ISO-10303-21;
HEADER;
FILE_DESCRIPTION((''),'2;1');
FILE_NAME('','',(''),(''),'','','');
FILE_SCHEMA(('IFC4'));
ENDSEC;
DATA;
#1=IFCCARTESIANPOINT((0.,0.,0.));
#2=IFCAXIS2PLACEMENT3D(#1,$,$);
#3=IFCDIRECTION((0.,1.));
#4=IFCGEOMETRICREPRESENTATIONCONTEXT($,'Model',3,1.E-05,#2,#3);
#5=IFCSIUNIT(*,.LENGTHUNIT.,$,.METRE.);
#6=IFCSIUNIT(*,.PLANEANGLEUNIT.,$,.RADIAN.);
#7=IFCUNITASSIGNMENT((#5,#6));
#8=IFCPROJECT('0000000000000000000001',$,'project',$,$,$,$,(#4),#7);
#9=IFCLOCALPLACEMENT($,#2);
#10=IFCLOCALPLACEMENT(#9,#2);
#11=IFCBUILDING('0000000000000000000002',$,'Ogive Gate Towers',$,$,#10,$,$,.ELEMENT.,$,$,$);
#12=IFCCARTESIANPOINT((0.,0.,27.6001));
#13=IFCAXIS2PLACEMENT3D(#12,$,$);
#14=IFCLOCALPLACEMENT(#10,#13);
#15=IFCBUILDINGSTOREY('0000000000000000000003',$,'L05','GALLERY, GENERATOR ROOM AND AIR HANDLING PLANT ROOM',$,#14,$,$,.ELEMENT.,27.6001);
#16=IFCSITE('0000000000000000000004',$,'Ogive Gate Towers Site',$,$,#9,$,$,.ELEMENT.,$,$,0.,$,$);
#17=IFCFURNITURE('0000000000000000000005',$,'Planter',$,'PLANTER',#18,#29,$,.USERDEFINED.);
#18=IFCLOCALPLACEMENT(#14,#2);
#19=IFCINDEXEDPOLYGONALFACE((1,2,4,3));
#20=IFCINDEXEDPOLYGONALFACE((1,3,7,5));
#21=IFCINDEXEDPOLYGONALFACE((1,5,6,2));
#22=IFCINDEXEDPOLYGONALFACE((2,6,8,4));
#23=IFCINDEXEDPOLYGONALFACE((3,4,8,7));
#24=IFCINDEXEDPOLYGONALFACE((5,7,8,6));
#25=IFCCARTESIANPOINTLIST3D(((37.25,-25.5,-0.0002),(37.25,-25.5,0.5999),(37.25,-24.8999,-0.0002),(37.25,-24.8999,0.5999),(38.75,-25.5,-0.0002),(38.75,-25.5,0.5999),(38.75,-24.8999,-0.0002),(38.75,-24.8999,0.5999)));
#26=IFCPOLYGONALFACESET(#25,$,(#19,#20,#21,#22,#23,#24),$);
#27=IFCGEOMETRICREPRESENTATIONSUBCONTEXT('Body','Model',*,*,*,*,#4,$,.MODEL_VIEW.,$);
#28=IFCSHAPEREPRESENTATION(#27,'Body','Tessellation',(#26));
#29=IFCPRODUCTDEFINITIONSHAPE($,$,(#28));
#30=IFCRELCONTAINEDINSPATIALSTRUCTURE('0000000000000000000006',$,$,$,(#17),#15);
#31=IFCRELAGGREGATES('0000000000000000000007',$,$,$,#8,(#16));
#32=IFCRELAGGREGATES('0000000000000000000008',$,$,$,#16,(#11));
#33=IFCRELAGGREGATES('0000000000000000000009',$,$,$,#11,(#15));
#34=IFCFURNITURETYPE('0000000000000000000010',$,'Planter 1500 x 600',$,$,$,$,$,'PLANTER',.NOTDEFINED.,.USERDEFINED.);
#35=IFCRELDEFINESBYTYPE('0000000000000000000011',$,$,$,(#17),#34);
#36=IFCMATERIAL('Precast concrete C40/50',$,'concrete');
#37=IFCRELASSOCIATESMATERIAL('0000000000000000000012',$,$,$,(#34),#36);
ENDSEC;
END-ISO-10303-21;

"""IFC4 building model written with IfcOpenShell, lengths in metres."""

from ifc_helpers import new_model, si_unit, direction, frame, origin, origin_2d, place, context, subcontext, project, spatial, rectangle, extrude, material, type_object, element, save


model = new_model("IFC4")

# Units and contexts
model_context = context("Model", 3, precision=1e-05, world=origin(), true_north=direction((0.0, 1.0)))
body_context = subcontext(model_context, "Body", "Model", "MODEL_VIEW")
ifc_project = project(units=[si_unit("LENGTHUNIT", "METRE"), si_unit("PLANEANGLEUNIT", "RADIAN")], contexts=[model_context])

# Site, building, storey
site_placement = place(None, origin())
site = spatial("IfcSite", under=ifc_project, at=site_placement, Name="Ogive Gate Towers Site", CompositionType="ELEMENT", RefElevation=0.0)
building_placement = place(site_placement, origin())
building = spatial("IfcBuilding", under=site, at=building_placement, Name="Ogive Gate Towers", CompositionType="ELEMENT")
storey_placement = place(building_placement, frame((0.0, 0.0, 27.6001)))
storey = spatial("IfcBuildingStorey", under=building, at=storey_placement, Name="L05", Description="GALLERY, GENERATOR ROOM AND AIR HANDLING PLANT ROOM", CompositionType="ELEMENT", Elevation=27.6001)

# Furniture
ifc_material_1 = material(Name="Precast concrete C40/50", Category="concrete")
furniture_type = type_object("IfcFurnitureType", Name="Planter 1500 x 600", ElementType="PLANTER", AssemblyPlace="NOTDEFINED", PredefinedType="USERDEFINED", material=ifc_material_1)
furniture_placement = place(storey_placement, frame((38.0, -25.2, -0.0002), z_axis=(0.0, 0.0, 1.0), x_axis=(1.0, 0.0, 0.0)))
element("IfcFurniture", 1, at=furniture_placement, inside=storey, type_object=furniture_type, Name="Planter", ObjectType="PLANTER", PredefinedType="USERDEFINED", context=body_context, shape_type="SweptSolid", body=[
    extrude(rectangle(XDim=1.5, YDim=0.6001, at=origin_2d()), origin(), (0.0, 0.0, 1.0), 0.6001),
])

save(model, "model.ifc")
